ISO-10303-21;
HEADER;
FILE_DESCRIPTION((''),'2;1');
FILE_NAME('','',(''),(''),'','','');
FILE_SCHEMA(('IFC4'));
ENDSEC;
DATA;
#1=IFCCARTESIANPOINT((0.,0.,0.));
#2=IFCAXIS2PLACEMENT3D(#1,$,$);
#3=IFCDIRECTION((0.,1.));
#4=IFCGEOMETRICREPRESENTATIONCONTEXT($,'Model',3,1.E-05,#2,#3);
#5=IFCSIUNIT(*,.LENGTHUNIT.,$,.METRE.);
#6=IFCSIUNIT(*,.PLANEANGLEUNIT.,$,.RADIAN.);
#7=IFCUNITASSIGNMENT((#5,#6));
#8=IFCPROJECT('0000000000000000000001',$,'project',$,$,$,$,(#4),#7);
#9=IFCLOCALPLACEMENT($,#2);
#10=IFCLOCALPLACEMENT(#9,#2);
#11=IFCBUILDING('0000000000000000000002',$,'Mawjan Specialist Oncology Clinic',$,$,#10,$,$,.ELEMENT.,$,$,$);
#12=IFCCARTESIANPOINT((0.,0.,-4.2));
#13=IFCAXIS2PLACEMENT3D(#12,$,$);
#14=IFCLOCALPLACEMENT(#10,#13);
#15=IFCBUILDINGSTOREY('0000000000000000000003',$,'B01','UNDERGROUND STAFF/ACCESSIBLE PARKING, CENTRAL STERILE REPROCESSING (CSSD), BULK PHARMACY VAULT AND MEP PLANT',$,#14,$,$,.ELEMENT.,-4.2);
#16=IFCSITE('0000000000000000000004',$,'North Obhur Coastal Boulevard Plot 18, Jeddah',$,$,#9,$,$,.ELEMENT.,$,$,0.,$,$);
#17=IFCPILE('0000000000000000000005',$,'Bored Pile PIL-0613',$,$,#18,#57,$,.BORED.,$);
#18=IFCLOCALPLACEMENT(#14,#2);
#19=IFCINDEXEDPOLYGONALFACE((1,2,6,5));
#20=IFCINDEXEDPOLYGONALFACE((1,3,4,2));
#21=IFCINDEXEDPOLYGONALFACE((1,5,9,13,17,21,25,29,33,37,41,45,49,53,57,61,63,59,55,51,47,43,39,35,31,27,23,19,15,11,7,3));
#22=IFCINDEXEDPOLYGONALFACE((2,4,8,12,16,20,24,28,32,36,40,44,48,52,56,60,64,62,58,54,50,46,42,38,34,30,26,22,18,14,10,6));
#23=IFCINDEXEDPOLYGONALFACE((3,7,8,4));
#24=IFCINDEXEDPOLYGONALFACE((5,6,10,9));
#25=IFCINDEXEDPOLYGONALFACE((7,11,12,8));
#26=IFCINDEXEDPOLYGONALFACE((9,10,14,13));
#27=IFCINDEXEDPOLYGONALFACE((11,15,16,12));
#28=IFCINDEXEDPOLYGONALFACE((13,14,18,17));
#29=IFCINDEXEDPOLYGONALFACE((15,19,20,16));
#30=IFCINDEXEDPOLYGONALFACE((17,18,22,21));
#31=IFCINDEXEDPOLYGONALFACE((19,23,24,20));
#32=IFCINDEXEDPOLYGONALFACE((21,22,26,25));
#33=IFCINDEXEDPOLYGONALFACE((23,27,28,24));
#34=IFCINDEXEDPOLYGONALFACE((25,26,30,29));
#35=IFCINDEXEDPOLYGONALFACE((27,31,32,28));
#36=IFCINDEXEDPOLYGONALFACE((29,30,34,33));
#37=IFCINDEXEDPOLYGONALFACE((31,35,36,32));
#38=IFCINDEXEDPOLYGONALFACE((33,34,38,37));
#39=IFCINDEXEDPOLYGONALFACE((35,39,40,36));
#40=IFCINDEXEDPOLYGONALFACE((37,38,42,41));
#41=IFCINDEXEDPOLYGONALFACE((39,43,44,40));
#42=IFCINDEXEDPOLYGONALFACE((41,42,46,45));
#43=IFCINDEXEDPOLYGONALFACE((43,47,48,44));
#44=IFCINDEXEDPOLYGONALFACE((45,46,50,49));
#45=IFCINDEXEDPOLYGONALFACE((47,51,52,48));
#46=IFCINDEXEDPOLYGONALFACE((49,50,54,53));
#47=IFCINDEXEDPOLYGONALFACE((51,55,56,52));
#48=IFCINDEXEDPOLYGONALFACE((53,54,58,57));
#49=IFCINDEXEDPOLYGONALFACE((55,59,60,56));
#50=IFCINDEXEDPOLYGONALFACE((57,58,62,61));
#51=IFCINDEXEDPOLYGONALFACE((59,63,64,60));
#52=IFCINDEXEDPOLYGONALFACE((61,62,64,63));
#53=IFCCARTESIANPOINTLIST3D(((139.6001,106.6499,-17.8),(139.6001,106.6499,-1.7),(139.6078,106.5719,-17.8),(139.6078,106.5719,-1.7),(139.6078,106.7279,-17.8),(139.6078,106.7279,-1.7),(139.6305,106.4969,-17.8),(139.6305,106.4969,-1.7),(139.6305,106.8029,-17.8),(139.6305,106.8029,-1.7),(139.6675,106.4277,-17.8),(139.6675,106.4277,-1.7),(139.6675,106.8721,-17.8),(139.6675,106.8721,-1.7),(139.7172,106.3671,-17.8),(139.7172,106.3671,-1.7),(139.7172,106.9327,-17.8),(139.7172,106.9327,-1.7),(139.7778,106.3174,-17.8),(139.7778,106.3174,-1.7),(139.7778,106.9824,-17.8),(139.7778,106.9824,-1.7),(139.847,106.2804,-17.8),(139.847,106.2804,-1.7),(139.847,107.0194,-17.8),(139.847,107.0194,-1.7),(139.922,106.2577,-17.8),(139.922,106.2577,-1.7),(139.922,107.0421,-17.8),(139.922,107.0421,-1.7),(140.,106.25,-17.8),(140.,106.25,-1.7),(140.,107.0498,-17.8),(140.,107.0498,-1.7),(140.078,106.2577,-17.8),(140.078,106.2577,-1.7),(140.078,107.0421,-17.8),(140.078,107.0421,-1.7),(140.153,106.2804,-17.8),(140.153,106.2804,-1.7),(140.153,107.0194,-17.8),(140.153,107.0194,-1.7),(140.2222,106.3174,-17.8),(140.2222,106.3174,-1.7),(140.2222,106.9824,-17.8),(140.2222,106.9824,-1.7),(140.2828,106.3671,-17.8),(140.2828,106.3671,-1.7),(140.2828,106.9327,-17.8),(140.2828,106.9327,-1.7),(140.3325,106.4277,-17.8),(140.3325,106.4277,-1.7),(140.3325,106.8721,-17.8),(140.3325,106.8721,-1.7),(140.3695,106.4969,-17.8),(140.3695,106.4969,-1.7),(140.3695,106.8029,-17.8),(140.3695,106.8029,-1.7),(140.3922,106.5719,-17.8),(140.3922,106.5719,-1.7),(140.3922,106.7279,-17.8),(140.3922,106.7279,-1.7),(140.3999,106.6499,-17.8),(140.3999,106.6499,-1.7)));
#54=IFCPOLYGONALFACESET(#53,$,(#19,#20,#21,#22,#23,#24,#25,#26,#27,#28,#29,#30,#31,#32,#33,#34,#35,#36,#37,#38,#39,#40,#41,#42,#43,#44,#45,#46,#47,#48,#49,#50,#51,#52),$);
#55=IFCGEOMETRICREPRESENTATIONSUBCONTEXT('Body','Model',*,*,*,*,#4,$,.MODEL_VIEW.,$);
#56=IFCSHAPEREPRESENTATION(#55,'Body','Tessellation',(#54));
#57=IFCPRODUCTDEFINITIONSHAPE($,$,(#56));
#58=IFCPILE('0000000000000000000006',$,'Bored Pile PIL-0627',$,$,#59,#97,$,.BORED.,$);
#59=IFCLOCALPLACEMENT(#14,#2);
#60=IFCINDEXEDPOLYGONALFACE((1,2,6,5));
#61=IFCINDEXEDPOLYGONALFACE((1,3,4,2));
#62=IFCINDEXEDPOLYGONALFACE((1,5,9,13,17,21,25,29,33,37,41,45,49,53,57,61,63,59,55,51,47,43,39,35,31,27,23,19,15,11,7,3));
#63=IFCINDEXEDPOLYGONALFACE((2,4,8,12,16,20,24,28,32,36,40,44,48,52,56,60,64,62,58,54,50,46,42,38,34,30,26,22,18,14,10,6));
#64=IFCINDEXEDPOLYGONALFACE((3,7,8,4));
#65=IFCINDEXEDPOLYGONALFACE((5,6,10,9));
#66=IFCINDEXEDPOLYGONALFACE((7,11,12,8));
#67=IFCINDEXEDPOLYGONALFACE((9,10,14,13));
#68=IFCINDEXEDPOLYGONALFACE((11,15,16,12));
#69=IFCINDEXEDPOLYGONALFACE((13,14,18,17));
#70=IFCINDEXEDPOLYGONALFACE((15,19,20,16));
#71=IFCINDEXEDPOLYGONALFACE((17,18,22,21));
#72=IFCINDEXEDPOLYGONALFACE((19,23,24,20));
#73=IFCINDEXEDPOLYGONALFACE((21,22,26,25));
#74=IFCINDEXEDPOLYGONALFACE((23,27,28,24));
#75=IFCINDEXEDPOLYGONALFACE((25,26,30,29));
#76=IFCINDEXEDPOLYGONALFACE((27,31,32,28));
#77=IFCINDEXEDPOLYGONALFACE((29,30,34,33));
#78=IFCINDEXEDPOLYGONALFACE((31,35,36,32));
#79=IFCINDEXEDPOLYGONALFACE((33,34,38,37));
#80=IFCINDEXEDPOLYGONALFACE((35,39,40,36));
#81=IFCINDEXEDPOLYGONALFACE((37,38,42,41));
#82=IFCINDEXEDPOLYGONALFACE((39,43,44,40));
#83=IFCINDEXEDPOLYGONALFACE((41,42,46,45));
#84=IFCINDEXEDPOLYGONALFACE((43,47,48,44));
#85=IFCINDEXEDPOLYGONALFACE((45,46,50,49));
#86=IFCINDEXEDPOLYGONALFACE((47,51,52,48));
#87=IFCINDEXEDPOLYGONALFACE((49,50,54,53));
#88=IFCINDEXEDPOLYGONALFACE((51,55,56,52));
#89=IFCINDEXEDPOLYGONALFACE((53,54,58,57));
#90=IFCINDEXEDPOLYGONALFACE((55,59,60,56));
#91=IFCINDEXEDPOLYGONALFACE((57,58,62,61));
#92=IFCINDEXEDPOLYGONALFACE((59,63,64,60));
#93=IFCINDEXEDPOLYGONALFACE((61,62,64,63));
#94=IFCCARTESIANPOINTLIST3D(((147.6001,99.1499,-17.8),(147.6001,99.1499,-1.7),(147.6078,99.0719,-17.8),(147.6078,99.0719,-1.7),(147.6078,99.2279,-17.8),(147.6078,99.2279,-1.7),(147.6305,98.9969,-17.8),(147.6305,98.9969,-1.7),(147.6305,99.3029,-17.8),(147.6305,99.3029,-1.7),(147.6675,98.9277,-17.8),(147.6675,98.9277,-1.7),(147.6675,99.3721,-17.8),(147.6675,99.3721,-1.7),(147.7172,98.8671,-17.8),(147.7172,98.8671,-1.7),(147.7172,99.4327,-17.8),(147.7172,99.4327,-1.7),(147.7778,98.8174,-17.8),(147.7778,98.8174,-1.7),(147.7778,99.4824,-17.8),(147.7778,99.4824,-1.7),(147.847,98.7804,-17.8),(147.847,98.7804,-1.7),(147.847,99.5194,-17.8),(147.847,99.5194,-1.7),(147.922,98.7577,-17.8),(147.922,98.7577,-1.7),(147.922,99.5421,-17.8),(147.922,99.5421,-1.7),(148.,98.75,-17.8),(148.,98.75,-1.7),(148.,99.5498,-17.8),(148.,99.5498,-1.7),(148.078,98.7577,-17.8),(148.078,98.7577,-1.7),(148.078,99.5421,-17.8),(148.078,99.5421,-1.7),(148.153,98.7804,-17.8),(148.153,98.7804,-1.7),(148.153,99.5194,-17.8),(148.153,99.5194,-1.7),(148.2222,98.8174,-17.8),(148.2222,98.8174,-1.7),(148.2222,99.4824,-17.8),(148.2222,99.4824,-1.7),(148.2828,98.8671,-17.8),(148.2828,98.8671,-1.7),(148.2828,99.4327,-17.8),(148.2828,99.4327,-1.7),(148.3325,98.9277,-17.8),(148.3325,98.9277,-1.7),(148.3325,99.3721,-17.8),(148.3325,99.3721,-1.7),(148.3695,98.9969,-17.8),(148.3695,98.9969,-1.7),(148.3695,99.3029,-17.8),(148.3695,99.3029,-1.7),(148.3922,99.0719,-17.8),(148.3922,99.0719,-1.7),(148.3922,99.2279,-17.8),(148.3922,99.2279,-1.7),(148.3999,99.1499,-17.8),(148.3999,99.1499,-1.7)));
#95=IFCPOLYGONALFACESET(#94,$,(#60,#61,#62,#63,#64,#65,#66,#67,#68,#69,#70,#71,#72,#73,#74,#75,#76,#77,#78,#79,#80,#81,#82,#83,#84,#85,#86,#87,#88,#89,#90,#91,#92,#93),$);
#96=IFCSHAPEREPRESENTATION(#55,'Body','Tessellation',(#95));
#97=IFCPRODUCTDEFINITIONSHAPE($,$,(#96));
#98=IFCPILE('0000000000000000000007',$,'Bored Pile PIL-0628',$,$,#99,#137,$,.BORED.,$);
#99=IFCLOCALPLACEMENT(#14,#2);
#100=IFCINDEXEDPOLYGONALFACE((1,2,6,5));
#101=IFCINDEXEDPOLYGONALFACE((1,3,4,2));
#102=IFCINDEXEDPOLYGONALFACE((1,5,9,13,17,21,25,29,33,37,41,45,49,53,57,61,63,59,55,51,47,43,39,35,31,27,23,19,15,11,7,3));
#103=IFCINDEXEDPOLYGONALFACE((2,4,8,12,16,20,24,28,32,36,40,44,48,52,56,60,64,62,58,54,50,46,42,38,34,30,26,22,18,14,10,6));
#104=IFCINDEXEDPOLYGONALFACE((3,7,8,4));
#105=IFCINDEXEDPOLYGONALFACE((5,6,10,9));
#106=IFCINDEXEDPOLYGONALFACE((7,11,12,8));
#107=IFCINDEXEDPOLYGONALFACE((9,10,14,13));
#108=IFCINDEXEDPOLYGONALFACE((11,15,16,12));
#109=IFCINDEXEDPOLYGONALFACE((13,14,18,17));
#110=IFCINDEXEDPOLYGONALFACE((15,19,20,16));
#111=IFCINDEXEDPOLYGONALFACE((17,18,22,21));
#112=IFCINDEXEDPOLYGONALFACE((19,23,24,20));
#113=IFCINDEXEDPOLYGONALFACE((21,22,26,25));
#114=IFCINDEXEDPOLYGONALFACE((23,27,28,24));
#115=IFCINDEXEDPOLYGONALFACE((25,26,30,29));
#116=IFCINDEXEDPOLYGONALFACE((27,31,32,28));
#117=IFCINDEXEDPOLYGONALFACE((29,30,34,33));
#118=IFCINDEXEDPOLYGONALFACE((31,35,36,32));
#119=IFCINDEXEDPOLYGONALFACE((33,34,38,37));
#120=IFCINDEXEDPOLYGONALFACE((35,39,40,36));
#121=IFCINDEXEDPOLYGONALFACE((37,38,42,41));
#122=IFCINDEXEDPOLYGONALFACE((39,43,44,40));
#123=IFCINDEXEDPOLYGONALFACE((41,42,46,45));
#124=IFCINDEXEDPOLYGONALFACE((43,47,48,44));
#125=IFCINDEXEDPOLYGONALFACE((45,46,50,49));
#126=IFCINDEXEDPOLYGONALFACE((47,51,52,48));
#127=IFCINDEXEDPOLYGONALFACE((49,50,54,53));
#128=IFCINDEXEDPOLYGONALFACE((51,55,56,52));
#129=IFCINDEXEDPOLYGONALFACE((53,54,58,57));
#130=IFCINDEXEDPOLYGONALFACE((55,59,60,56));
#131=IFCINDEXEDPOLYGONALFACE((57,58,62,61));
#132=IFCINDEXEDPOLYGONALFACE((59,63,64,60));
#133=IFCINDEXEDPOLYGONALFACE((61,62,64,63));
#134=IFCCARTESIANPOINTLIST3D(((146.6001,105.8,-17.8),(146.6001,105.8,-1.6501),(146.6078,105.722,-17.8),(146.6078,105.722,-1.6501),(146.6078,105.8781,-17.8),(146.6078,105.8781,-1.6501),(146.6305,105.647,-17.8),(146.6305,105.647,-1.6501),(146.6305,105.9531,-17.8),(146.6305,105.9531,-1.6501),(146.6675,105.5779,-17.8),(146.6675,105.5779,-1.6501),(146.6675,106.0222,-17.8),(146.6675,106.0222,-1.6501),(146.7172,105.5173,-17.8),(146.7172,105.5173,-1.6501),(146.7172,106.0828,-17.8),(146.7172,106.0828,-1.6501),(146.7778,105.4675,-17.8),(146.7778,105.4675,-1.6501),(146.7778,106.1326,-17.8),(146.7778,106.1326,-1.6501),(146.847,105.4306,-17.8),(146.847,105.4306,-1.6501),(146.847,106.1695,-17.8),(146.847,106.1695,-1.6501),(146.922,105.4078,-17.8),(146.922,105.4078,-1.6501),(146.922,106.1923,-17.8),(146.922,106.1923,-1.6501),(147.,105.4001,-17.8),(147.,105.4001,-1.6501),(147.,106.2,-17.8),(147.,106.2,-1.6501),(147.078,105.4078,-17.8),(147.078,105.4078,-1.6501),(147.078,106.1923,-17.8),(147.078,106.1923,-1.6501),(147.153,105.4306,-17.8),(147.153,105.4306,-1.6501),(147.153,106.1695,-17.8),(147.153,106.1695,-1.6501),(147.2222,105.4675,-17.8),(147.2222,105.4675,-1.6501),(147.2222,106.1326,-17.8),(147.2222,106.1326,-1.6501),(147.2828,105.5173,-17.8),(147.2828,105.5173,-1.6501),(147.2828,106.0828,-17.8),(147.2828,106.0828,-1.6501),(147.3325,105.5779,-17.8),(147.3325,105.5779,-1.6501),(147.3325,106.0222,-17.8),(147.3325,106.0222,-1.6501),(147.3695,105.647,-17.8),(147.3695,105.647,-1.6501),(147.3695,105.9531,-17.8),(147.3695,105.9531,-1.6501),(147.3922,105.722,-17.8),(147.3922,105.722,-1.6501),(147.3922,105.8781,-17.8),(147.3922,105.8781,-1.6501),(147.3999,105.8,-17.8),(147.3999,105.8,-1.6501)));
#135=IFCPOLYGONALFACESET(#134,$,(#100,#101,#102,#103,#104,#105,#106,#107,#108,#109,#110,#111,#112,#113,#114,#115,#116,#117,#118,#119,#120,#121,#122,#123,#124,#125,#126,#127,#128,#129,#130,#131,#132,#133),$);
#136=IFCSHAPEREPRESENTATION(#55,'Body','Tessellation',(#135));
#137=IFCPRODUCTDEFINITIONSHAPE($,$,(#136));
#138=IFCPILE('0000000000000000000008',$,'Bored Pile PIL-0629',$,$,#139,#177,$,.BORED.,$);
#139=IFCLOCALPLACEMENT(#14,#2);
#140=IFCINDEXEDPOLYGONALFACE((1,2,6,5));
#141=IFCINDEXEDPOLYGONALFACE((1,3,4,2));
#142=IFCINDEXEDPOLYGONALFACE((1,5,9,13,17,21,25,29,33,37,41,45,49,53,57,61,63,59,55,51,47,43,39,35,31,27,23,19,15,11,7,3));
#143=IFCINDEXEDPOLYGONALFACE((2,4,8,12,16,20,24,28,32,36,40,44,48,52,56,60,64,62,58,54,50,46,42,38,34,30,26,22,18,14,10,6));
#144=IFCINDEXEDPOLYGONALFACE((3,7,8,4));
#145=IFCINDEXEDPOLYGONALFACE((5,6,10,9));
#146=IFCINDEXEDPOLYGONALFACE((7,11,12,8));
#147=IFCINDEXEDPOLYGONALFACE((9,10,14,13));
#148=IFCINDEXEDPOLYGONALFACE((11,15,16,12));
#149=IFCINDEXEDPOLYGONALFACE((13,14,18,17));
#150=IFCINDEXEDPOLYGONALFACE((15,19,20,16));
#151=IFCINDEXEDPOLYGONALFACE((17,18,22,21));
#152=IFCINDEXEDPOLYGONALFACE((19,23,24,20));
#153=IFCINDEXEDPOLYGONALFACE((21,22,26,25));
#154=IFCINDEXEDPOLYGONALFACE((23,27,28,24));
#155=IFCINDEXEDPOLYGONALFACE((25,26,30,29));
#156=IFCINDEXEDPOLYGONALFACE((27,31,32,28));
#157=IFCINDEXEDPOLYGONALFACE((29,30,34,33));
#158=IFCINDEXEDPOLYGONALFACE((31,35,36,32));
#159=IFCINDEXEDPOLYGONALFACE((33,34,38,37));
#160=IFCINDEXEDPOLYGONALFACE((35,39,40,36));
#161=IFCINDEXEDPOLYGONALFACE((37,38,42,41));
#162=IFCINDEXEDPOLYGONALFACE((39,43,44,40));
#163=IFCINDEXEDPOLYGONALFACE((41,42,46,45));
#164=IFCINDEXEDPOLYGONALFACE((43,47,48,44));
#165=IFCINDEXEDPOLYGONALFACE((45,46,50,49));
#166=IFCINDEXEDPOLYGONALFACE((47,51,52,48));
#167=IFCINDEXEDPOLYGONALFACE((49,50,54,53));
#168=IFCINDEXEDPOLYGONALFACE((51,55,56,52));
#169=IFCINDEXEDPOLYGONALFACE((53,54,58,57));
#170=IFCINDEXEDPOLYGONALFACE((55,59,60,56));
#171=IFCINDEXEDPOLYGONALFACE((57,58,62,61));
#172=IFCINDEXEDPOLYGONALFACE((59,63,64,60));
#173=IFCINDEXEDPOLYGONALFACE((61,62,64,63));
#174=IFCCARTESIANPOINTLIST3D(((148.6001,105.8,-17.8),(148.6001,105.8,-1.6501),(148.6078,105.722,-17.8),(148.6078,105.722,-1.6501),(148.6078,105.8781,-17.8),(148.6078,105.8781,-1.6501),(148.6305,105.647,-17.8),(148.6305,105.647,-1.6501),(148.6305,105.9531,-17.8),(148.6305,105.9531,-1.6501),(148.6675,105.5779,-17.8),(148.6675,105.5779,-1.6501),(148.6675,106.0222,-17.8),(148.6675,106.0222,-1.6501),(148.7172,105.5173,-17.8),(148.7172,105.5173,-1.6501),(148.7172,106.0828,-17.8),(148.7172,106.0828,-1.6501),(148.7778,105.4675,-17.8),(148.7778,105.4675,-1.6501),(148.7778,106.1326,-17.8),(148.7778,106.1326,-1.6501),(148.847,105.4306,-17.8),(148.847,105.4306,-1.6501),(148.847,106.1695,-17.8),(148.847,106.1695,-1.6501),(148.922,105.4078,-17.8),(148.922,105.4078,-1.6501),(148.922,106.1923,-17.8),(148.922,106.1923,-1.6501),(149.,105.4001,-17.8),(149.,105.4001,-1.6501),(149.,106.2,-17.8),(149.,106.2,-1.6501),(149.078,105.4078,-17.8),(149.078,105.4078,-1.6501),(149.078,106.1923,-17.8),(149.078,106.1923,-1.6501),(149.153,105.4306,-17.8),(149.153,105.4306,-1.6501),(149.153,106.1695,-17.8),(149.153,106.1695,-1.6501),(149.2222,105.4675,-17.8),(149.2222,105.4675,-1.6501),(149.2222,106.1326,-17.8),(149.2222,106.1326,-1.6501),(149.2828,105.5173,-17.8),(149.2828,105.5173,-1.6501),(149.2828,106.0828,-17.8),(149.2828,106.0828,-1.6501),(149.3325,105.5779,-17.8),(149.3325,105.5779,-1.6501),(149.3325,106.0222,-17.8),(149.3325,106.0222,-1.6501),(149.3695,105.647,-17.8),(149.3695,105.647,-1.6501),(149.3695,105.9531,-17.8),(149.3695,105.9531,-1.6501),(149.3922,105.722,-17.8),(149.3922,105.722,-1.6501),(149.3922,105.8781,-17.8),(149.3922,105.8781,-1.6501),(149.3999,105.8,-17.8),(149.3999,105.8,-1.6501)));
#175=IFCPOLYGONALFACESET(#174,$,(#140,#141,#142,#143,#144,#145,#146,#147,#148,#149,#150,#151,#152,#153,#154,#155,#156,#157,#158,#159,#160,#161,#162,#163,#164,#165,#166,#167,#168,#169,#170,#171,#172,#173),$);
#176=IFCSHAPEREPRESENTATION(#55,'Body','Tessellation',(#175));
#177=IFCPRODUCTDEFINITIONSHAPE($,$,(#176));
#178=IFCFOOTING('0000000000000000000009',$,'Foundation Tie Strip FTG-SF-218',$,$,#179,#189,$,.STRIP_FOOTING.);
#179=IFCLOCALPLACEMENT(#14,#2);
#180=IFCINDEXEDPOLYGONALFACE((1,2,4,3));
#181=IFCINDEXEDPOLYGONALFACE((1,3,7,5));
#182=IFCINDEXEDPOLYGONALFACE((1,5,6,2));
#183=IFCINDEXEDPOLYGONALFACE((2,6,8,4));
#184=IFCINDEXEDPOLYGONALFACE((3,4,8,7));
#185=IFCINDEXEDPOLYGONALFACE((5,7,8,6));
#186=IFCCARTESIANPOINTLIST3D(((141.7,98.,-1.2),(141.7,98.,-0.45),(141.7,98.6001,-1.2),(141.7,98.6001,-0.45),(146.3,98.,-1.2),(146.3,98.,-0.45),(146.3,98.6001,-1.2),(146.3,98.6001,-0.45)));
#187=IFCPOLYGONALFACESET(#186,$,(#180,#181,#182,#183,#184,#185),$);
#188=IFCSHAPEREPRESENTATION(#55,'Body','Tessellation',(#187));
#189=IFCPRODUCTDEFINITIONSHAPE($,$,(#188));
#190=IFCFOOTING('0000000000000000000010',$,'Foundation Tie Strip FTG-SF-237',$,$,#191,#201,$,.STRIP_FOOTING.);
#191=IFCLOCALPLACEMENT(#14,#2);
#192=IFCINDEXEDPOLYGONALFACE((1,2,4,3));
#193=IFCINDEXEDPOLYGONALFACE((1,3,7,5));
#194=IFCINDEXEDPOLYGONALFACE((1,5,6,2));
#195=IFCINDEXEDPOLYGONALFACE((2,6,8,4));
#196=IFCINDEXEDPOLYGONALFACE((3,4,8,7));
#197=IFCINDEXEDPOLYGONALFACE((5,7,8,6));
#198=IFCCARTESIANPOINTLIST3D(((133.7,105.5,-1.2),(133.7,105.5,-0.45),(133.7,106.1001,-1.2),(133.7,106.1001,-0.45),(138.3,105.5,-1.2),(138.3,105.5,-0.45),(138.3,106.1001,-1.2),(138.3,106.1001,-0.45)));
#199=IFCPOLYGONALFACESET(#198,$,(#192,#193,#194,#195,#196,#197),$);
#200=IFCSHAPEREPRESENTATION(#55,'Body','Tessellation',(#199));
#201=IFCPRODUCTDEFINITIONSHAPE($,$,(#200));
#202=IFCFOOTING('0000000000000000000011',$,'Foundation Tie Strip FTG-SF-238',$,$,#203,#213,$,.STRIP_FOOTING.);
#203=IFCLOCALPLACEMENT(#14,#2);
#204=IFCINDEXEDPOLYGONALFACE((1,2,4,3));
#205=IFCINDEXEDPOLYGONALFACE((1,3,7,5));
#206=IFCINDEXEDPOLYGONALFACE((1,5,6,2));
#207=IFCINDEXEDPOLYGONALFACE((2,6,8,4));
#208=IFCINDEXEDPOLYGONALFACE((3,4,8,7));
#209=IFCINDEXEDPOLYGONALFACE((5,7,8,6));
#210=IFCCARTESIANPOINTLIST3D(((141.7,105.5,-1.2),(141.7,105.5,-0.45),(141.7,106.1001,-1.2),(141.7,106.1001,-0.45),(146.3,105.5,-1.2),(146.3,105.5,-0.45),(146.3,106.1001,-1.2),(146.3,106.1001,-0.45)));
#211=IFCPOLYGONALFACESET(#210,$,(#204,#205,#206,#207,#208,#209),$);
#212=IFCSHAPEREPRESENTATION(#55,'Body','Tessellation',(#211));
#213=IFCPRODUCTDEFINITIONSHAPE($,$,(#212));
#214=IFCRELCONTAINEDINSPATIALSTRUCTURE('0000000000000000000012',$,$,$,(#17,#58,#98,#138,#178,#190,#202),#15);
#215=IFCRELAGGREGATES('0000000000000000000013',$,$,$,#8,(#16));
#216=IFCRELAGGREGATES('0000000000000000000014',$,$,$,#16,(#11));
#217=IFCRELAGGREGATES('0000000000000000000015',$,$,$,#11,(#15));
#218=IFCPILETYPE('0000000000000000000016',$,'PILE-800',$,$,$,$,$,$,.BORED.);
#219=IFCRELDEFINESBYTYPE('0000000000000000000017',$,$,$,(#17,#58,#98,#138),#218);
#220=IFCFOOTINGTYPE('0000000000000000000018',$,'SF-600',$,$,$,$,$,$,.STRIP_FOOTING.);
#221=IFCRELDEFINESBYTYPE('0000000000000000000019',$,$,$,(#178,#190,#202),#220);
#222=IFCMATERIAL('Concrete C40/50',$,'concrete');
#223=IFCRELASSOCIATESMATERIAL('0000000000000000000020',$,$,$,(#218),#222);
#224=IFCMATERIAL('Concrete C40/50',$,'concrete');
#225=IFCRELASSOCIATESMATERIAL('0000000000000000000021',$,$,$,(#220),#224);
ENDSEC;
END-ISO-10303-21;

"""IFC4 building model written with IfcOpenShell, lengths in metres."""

from ifc_helpers import new_model, si_unit, direction, frame, origin, origin_2d, place, context, subcontext, project, spatial, rectangle, circle, extrude, material, material_profile, profile_set, type_object, element, save


model = new_model("IFC4")

# Units and contexts
model_context = context("Model", 3, precision=1e-05, world=origin(), true_north=direction((0.0, 1.0)))
body_context = subcontext(model_context, "Body", "Model", "MODEL_VIEW")
ifc_project = project(units=[si_unit("LENGTHUNIT", "METRE"), si_unit("PLANEANGLEUNIT", "RADIAN")], contexts=[model_context])

# Site, building, storey
site_placement = place(None, origin())
site = spatial("IfcSite", under=ifc_project, at=site_placement, Name="North Obhur Coastal Boulevard Plot 18, Jeddah", CompositionType="ELEMENT", RefElevation=0.0)
building_placement = place(site_placement, origin())
building = spatial("IfcBuilding", under=site, at=building_placement, Name="Mawjan Specialist Oncology Clinic", CompositionType="ELEMENT")
storey_placement = place(building_placement, frame((0.0, 0.0, -4.2)))
storey = spatial("IfcBuildingStorey", under=building, at=storey_placement, Name="B01", Description="UNDERGROUND STAFF/ACCESSIBLE PARKING, CENTRAL STERILE REPROCESSING (CSSD), BULK PHARMACY VAULT AND MEP PLANT", CompositionType="ELEMENT", Elevation=-4.2)

# Piles
ifc_material_1 = material(Name="Concrete C40/50", Category="concrete")
ifc_material_profile_1 = material_profile(ifc_material_1, circle(Radius=0.3999, at=origin_2d()), Name="BORED PILE D800", Category="concrete")
ifc_profile_set_1 = profile_set([ifc_material_profile_1], Name="Concrete C40/50")
pile_type_1 = type_object("IfcPileType", Name="PILE-800", PredefinedType="BORED", material=ifc_profile_set_1)
for number, where, z_axis, x_axis, name in (
    (1, (140.0, 106.6499, -1.7), (0.0, 0.0, -1.0), (1.0, 0.0, 0.0), "Bored Pile PIL-0613"),
    (2, (148.0, 99.1499, -1.7), (0.0, 0.0, -1.0), (1.0, 0.0, 0.0), "Bored Pile PIL-0627"),
):
    element("IfcPile", number, at=place(storey_placement, frame(where, z_axis=z_axis, x_axis=x_axis)), inside=storey, type_object=pile_type_1, Name=name, PredefinedType="BORED", context=body_context, shape_type="SweptSolid", body=[
        extrude(circle(Radius=0.3999, at=origin_2d()), origin(), (0.0, 0.0, 1.0), 16.1001),
    ])
for number, where, z_axis, x_axis, name in (
    (3, (147.0, 105.8, -1.6501), (0.0, 0.0, -1.0), (1.0, 0.0, 0.0), "Bored Pile PIL-0628"),
    (4, (149.0, 105.8, -1.6501), (0.0, 0.0, -1.0), (1.0, 0.0, 0.0), "Bored Pile PIL-0629"),
):
    element("IfcPile", number, at=place(storey_placement, frame(where, z_axis=z_axis, x_axis=x_axis)), inside=storey, type_object=pile_type_1, Name=name, PredefinedType="BORED", context=body_context, shape_type="SweptSolid", body=[
        extrude(circle(Radius=0.3999, at=origin_2d()), origin(), (0.0, 0.0, 1.0), 16.1499),
    ])

# Footings
ifc_material_2 = material(Name="Concrete C40/50", Category="concrete")
footing_type_1 = type_object("IfcFootingType", Name="SF-600", PredefinedType="STRIP_FOOTING", material=ifc_material_2)
for number, where, z_axis, x_axis, name in (
    (5, (144.0, 98.3, -1.2), (0.0, 0.0, 1.0), (1.0, 0.0, 0.0), "Foundation Tie Strip FTG-SF-218"),
    (6, (136.0, 105.8, -1.2), (0.0, 0.0, 1.0), (1.0, 0.0, 0.0), "Foundation Tie Strip FTG-SF-237"),
    (7, (144.0, 105.8, -1.2), (0.0, 0.0, 1.0), (1.0, 0.0, 0.0), "Foundation Tie Strip FTG-SF-238"),
):
    element("IfcFooting", number, at=place(storey_placement, frame(where, z_axis=z_axis, x_axis=x_axis)), inside=storey, type_object=footing_type_1, Name=name, PredefinedType="STRIP_FOOTING", context=body_context, shape_type="SweptSolid", body=[
        extrude(rectangle(XDim=4.6001, YDim=0.6001, at=origin_2d()), origin(), (0.0, 0.0, 1.0), 0.75),
    ])

save(model, "model.ifc")
